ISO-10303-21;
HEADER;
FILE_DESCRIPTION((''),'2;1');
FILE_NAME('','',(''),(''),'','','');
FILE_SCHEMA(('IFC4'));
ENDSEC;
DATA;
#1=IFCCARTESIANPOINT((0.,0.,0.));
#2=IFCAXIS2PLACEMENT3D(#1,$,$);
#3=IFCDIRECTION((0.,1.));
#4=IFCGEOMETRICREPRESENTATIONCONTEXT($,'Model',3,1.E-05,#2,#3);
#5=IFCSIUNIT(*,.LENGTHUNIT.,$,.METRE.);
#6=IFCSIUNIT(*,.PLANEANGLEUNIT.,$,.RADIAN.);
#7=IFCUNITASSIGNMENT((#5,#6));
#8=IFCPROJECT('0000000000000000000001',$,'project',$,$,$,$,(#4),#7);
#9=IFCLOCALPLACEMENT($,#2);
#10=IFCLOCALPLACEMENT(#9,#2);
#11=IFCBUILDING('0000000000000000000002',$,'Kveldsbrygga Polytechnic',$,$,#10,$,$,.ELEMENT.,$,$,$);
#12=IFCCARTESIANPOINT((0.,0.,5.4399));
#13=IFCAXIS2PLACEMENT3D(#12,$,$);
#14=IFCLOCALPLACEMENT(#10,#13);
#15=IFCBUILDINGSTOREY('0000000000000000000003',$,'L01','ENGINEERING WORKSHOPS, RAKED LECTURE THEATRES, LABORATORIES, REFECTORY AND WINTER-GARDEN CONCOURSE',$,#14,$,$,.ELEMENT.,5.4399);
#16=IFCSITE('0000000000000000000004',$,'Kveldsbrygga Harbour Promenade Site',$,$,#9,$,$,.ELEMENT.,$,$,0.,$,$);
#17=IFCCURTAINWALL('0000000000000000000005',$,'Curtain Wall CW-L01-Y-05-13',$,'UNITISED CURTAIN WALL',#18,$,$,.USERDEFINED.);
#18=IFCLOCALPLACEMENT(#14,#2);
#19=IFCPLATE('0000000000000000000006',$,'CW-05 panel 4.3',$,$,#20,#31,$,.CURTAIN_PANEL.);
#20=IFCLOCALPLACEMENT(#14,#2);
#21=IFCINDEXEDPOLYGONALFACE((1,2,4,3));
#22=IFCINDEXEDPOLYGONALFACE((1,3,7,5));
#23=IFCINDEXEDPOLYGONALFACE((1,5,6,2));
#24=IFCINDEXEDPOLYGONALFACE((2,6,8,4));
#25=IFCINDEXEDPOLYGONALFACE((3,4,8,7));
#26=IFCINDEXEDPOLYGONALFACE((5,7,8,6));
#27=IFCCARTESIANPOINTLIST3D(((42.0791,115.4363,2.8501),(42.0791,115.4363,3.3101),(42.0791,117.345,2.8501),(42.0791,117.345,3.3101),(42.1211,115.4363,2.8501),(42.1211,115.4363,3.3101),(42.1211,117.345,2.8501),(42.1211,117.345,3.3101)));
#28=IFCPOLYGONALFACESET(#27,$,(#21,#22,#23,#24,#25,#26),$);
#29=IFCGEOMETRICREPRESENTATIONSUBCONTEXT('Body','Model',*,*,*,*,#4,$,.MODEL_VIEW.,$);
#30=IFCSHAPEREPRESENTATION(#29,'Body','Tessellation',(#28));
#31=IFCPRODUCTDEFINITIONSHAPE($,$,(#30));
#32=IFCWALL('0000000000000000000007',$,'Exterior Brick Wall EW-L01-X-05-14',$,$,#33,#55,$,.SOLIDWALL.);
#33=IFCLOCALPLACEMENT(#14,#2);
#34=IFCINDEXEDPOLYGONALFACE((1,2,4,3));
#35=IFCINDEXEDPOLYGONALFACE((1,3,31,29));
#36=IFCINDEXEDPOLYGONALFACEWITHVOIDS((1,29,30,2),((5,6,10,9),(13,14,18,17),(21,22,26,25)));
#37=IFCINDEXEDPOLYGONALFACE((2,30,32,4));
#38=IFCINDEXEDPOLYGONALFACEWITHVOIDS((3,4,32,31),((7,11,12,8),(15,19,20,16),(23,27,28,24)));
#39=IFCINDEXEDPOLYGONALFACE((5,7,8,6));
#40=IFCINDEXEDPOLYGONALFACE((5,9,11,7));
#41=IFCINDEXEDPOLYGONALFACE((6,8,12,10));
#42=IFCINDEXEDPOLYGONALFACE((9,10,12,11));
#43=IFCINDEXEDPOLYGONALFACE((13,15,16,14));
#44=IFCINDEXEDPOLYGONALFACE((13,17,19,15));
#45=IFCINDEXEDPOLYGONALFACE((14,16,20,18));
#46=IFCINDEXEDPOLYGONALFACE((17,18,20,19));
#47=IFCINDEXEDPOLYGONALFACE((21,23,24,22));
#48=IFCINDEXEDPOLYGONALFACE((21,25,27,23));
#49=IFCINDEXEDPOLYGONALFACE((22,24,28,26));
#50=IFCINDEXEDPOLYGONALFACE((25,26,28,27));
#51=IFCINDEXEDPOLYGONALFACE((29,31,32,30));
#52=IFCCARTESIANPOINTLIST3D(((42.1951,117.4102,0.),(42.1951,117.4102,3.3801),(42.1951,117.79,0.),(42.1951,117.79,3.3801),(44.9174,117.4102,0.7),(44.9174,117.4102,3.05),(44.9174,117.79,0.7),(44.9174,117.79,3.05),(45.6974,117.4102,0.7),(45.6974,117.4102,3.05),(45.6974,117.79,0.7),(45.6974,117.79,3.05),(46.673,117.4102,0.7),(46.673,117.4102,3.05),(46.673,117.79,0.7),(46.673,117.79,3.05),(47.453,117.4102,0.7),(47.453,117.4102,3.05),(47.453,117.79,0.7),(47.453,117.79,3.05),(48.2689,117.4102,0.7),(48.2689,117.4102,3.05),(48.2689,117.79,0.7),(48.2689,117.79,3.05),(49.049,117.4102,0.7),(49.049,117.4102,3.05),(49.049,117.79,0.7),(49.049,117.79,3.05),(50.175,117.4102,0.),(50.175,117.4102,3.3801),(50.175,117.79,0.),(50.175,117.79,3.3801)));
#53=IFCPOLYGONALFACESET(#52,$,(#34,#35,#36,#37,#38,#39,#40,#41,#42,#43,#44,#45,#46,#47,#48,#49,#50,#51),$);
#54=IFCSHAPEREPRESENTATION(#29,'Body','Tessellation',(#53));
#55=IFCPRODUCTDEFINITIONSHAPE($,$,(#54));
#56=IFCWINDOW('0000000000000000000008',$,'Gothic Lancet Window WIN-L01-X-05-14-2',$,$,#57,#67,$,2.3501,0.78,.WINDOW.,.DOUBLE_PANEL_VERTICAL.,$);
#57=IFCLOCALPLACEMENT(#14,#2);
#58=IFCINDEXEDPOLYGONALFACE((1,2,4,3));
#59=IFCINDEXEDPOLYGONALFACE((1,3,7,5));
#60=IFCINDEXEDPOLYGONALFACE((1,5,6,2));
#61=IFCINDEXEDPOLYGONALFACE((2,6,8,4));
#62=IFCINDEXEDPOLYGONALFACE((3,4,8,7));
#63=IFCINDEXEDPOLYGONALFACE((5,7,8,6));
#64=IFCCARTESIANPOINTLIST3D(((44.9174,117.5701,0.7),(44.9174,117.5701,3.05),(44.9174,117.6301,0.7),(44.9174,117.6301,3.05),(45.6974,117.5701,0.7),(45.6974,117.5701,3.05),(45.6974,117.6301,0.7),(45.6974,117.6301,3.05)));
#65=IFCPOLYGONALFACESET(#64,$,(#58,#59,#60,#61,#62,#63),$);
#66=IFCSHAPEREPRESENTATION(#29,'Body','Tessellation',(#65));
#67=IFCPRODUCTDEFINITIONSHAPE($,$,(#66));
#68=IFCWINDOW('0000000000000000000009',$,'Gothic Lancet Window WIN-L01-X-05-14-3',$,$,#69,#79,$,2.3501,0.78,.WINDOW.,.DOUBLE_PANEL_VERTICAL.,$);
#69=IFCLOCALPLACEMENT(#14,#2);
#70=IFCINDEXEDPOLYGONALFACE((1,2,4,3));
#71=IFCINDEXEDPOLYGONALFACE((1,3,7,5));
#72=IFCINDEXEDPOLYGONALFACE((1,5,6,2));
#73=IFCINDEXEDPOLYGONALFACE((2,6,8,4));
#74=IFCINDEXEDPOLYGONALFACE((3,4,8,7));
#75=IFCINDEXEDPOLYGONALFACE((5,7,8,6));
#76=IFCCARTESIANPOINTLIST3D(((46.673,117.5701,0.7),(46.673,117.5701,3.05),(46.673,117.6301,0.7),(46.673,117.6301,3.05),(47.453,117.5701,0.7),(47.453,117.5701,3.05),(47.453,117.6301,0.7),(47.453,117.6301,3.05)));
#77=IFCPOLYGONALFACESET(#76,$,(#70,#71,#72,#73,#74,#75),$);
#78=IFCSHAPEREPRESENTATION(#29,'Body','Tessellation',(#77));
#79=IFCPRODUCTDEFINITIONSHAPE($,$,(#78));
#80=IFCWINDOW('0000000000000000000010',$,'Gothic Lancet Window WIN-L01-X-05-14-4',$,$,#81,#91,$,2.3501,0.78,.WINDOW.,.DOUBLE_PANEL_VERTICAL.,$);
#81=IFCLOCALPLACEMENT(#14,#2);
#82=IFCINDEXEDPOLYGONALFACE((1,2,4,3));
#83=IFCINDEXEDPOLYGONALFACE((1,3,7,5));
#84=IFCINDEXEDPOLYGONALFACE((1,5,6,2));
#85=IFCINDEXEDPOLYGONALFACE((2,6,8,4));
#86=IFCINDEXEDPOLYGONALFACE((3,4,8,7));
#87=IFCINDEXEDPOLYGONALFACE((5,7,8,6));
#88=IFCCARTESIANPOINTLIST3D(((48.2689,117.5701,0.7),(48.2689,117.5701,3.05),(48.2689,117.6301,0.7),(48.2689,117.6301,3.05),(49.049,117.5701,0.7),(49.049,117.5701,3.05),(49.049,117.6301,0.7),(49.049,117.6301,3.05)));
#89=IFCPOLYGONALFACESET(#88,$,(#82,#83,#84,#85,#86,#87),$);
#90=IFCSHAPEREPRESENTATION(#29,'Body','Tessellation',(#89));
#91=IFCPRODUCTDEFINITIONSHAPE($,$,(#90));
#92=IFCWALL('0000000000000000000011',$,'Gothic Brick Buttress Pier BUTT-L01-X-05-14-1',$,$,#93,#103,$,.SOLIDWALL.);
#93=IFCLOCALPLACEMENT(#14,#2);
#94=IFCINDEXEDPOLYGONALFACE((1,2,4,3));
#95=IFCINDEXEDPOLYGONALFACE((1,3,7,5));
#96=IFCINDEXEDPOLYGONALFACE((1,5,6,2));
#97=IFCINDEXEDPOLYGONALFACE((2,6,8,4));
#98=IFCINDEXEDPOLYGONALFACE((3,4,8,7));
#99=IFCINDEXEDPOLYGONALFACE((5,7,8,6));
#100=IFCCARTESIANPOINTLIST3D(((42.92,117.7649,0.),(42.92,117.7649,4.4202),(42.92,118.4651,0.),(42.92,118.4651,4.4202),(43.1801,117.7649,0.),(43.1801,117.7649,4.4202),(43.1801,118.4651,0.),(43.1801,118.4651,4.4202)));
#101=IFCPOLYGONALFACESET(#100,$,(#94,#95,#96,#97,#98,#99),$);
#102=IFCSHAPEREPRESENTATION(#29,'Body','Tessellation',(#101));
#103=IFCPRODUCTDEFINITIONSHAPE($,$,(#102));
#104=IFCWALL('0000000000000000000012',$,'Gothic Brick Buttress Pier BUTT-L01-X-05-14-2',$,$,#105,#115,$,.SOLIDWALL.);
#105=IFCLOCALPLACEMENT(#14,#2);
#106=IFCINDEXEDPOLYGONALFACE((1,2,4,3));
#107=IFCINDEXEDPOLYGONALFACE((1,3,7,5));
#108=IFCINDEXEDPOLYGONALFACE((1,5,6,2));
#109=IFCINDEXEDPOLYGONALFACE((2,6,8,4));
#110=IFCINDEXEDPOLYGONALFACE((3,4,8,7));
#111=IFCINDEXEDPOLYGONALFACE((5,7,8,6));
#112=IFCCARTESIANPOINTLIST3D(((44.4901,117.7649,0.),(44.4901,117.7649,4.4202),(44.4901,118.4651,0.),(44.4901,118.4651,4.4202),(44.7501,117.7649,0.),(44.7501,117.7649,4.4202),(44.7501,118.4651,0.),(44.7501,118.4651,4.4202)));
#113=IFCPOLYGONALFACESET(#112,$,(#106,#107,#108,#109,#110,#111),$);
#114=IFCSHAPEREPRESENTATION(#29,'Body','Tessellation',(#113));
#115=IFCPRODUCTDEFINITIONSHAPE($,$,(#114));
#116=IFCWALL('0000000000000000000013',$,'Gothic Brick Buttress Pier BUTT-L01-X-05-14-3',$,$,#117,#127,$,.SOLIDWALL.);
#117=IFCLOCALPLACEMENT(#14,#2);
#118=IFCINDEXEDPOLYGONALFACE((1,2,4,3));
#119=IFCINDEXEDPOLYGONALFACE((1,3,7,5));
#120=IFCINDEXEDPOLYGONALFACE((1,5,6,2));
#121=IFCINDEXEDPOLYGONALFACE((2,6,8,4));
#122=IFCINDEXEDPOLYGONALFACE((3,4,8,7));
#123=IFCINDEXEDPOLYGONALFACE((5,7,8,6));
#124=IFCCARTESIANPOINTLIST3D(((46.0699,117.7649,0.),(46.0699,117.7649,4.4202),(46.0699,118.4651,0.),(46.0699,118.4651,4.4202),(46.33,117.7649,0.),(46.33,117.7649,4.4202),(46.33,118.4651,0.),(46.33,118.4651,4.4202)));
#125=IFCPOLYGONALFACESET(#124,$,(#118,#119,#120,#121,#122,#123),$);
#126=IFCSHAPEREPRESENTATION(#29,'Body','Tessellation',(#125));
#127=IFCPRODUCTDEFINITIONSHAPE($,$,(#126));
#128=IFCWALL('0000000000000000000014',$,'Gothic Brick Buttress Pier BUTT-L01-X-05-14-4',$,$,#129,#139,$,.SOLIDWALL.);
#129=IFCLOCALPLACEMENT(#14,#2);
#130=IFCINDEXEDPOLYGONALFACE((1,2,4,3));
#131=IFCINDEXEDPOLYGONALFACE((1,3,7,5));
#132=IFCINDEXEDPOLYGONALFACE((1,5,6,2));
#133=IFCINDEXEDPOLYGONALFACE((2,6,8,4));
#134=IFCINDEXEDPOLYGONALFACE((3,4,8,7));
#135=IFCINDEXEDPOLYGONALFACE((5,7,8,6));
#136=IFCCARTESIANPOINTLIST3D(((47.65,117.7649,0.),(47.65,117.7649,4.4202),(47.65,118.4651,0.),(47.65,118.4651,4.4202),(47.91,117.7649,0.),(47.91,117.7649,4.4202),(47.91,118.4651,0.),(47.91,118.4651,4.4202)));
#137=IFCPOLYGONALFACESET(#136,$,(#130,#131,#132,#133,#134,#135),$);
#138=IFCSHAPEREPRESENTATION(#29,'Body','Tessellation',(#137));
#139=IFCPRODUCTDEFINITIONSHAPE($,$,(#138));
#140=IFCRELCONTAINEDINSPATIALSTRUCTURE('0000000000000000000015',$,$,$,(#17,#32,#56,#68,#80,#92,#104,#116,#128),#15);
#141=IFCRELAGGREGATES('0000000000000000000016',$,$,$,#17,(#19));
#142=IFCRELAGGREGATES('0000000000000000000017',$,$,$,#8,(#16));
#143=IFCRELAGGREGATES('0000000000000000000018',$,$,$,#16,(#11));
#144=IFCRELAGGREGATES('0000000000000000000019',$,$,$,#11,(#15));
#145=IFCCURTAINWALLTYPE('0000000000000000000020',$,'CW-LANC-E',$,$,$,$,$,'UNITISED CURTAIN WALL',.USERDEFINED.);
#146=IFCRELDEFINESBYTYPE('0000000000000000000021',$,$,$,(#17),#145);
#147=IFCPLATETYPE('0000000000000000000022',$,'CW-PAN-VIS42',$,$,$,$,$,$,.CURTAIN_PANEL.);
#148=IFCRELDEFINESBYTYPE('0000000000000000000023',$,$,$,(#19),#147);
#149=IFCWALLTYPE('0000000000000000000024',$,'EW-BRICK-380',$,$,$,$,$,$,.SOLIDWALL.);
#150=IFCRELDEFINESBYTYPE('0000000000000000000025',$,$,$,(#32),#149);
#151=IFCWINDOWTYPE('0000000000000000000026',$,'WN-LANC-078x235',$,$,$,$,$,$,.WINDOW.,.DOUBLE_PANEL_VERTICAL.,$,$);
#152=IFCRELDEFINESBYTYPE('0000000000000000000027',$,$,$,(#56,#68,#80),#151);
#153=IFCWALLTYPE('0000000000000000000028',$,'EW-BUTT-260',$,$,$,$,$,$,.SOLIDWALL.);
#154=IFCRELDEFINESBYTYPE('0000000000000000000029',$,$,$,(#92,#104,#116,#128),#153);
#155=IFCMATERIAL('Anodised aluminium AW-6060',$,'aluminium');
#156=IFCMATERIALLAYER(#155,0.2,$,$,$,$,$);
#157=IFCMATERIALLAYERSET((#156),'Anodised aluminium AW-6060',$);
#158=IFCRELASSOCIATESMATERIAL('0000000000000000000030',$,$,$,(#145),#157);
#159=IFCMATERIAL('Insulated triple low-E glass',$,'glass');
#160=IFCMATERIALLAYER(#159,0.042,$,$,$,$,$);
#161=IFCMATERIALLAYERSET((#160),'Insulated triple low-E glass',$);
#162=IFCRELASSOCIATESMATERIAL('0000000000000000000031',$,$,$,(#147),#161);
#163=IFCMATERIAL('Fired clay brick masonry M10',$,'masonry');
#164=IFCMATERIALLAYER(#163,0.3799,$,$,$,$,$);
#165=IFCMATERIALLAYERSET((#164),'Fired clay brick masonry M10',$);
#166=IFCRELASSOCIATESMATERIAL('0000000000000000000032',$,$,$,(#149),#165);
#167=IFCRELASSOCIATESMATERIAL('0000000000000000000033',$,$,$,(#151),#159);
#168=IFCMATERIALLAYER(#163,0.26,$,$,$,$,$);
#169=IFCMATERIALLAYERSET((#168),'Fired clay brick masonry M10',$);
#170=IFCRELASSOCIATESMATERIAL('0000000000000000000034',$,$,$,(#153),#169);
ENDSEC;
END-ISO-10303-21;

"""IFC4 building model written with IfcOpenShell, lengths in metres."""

from ifc_helpers import new_model, si_unit, direction, frame, frame_2d, origin, origin_2d, place, context, subcontext, project, spatial, rectangle, extrude, material, layer, layer_set, type_object, element, fill, aggregate, save


model = new_model("IFC4")

# Units and contexts
model_context = context("Model", 3, precision=1e-05, world=origin(), true_north=direction((0.0, 1.0)))
body_context = subcontext(model_context, "Body", "Model", "MODEL_VIEW")
ifc_project = project(units=[si_unit("LENGTHUNIT", "METRE"), si_unit("PLANEANGLEUNIT", "RADIAN")], contexts=[model_context])

# Site, building, storey
site_placement = place(None, origin())
site = spatial("IfcSite", under=ifc_project, at=site_placement, Name="Kveldsbrygga Harbour Promenade Site", CompositionType="ELEMENT", RefElevation=0.0)
building_placement = place(site_placement, origin())
building = spatial("IfcBuilding", under=site, at=building_placement, Name="Kveldsbrygga Polytechnic", CompositionType="ELEMENT")
storey_placement = place(building_placement, frame((0.0, 0.0, 5.4399)))
storey = spatial("IfcBuildingStorey", under=building, at=storey_placement, Name="L01", Description="ENGINEERING WORKSHOPS, RAKED LECTURE THEATRES, LABORATORIES, REFECTORY AND WINTER-GARDEN CONCOURSE", CompositionType="ELEMENT", Elevation=5.4399)

# Curtain wall, plate
ifc_material_1 = material(Name="Anodised aluminium AW-6060", Category="aluminium")
ifc_layer_1 = layer(ifc_material_1, 0.2)
ifc_layer_set_1 = layer_set([ifc_layer_1], Name="Anodised aluminium AW-6060")
curtain_wall_type = type_object("IfcCurtainWallType", Name="CW-LANC-E", ElementType="UNITISED CURTAIN WALL", PredefinedType="USERDEFINED", material=ifc_layer_set_1)
curtain_wall_placement = place(storey_placement, origin())
curtain_wall = element("IfcCurtainWall", 1, at=curtain_wall_placement, inside=storey, type_object=curtain_wall_type, Name="Curtain Wall CW-L01-Y-05-13", ObjectType="UNITISED CURTAIN WALL", PredefinedType="USERDEFINED")
ifc_material_2 = material(Name="Insulated triple low-E glass", Category="glass")
ifc_layer_2 = layer(ifc_material_2, 0.042)
ifc_layer_set_2 = layer_set([ifc_layer_2], Name="Insulated triple low-E glass")
plate_type = type_object("IfcPlateType", Name="CW-PAN-VIS42", PredefinedType="CURTAIN_PANEL", material=ifc_layer_set_2)
plate_1_placement = place(storey_placement, frame((42.1001, 116.3906, 2.8501), z_axis=(0.0, 0.0, 1.0), x_axis=(0.0, 1.0, 0.0)))
plate_1 = element("IfcPlate", 2, at=plate_1_placement, type_object=plate_type, Name="CW-05 panel 4.3", PredefinedType="CURTAIN_PANEL", context=body_context, shape_type="SweptSolid", body=[
    extrude(rectangle(XDim=1.9087, YDim=0.042, at=origin_2d()), origin(), (0.0, 0.0, 1.0), 0.46),
])
aggregate(curtain_wall, [plate_1])

# Wall, openings, windows
ifc_material_3 = material(Name="Fired clay brick masonry M10", Category="masonry")
ifc_layer_3 = layer(ifc_material_3, 0.3799)
ifc_layer_set_3 = layer_set([ifc_layer_3], Name="Fired clay brick masonry M10")
wall_type_1 = type_object("IfcWallType", Name="EW-BRICK-380", PredefinedType="SOLIDWALL", material=ifc_layer_set_3)
wall_placement = place(storey_placement, frame((42.1951, 117.6001, 0.0), z_axis=(0.0, 0.0, 1.0), x_axis=(1.0, 0.0, 0.0)))
wall = element("IfcWall", 3, at=wall_placement, inside=storey, type_object=wall_type_1, Name="Exterior Brick Wall EW-L01-X-05-14", PredefinedType="SOLIDWALL", context=body_context, shape_type="SweptSolid", body=[
    extrude(rectangle(XDim=7.98, YDim=0.3799, at=frame_2d((3.99, 0.0))), origin(), (0.0, 0.0, 1.0), 3.3801),
])
opening_1_placement = place(wall_placement, frame((2.7222, 0.0, 0.7)))
opening_1 = element("IfcOpeningElement", 4, at=opening_1_placement, cuts=wall, PredefinedType="OPENING", context=body_context, shape_type="SweptSolid", body=[
    extrude(rectangle(XDim=0.78, YDim=2.3501, at=frame_2d((0.3901, 1.175))), frame((0.0, 0.2, 0.0), z_axis=(0.0, -1.0, 0.0), x_axis=(1.0, 0.0, 0.0)), (0.0, 0.0, 1.0), 0.3999),
])
opening_2_placement = place(wall_placement, frame((4.4778, 0.0, 0.7)))
opening_2 = element("IfcOpeningElement", 5, at=opening_2_placement, cuts=wall, PredefinedType="OPENING", context=body_context, shape_type="SweptSolid", body=[
    extrude(rectangle(XDim=0.78, YDim=2.3501, at=frame_2d((0.3901, 1.175))), frame((0.0, 0.2, 0.0), z_axis=(0.0, -1.0, 0.0), x_axis=(1.0, 0.0, 0.0)), (0.0, 0.0, 1.0), 0.3999),
])
opening_3_placement = place(wall_placement, frame((6.0737, 0.0, 0.7)))
opening_3 = element("IfcOpeningElement", 6, at=opening_3_placement, cuts=wall, PredefinedType="OPENING", context=body_context, shape_type="SweptSolid", body=[
    extrude(rectangle(XDim=0.78, YDim=2.3501, at=frame_2d((0.3901, 1.175))), frame((0.0, 0.2, 0.0), z_axis=(0.0, -1.0, 0.0), x_axis=(1.0, 0.0, 0.0)), (0.0, 0.0, 1.0), 0.3999),
])
window_type = type_object("IfcWindowType", Name="WN-LANC-078x235", PartitioningType="DOUBLE_PANEL_VERTICAL", PredefinedType="WINDOW", material=ifc_material_2)
window_1_placement = place(opening_1_placement, origin())
window_1 = element("IfcWindow", 7, at=window_1_placement, inside=storey, type_object=window_type, Name="Gothic Lancet Window WIN-L01-X-05-14-2", OverallHeight=2.3501, OverallWidth=0.78, PartitioningType="DOUBLE_PANEL_VERTICAL", PredefinedType="WINDOW", context=body_context, shape_type="SweptSolid", body=[
    extrude(rectangle(XDim=0.78, YDim=2.3501, at=frame_2d((0.3901, 1.175))), frame((0.0, 0.03, 0.0), z_axis=(0.0, -1.0, 0.0), x_axis=(1.0, 0.0, 0.0)), (0.0, 0.0, 1.0), 0.0601),
])
fill(opening_1, window_1)
window_2_placement = place(opening_2_placement, origin())
window_2 = element("IfcWindow", 8, at=window_2_placement, inside=storey, type_object=window_type, Name="Gothic Lancet Window WIN-L01-X-05-14-3", OverallHeight=2.3501, OverallWidth=0.78, PartitioningType="DOUBLE_PANEL_VERTICAL", PredefinedType="WINDOW", context=body_context, shape_type="SweptSolid", body=[
    extrude(rectangle(XDim=0.78, YDim=2.3501, at=frame_2d((0.3901, 1.175))), frame((0.0, 0.03, 0.0), z_axis=(0.0, -1.0, 0.0), x_axis=(1.0, 0.0, 0.0)), (0.0, 0.0, 1.0), 0.0601),
])
fill(opening_2, window_2)
window_3_placement = place(opening_3_placement, origin())
window_3 = element("IfcWindow", 9, at=window_3_placement, inside=storey, type_object=window_type, Name="Gothic Lancet Window WIN-L01-X-05-14-4", OverallHeight=2.3501, OverallWidth=0.78, PartitioningType="DOUBLE_PANEL_VERTICAL", PredefinedType="WINDOW", context=body_context, shape_type="SweptSolid", body=[
    extrude(rectangle(XDim=0.78, YDim=2.3501, at=frame_2d((0.3901, 1.175))), frame((0.0, 0.03, 0.0), z_axis=(0.0, -1.0, 0.0), x_axis=(1.0, 0.0, 0.0)), (0.0, 0.0, 1.0), 0.0601),
])
fill(opening_3, window_3)

# Walls
ifc_layer_4 = layer(ifc_material_3, 0.26)
ifc_layer_set_4 = layer_set([ifc_layer_4], Name="Fired clay brick masonry M10")
wall_type_2 = type_object("IfcWallType", Name="EW-BUTT-260", PredefinedType="SOLIDWALL", material=ifc_layer_set_4)
for number, where, z_axis, x_axis, name in (
    (10, (43.05, 117.7649, 0.0), (0.0, 0.0, 1.0), (0.0, 1.0, 0.0), "Gothic Brick Buttress Pier BUTT-L01-X-05-14-1"),
    (11, (44.6201, 117.7649, 0.0), (0.0, 0.0, 1.0), (0.0, 1.0, 0.0), "Gothic Brick Buttress Pier BUTT-L01-X-05-14-2"),
    (12, (46.2, 117.7649, 0.0), (0.0, 0.0, 1.0), (0.0, 1.0, 0.0), "Gothic Brick Buttress Pier BUTT-L01-X-05-14-3"),
    (13, (47.78, 117.7649, 0.0), (0.0, 0.0, 1.0), (0.0, 1.0, 0.0), "Gothic Brick Buttress Pier BUTT-L01-X-05-14-4"),
):
    element("IfcWall", number, at=place(storey_placement, frame(where, z_axis=z_axis, x_axis=x_axis)), inside=storey, type_object=wall_type_2, Name=name, PredefinedType="SOLIDWALL", context=body_context, shape_type="SweptSolid", body=[
        extrude(rectangle(XDim=0.7002, YDim=0.26, at=frame_2d((0.3501, 0.0))), origin(), (0.0, 0.0, 1.0), 4.4202),
    ])

save(model, "model.ifc")
